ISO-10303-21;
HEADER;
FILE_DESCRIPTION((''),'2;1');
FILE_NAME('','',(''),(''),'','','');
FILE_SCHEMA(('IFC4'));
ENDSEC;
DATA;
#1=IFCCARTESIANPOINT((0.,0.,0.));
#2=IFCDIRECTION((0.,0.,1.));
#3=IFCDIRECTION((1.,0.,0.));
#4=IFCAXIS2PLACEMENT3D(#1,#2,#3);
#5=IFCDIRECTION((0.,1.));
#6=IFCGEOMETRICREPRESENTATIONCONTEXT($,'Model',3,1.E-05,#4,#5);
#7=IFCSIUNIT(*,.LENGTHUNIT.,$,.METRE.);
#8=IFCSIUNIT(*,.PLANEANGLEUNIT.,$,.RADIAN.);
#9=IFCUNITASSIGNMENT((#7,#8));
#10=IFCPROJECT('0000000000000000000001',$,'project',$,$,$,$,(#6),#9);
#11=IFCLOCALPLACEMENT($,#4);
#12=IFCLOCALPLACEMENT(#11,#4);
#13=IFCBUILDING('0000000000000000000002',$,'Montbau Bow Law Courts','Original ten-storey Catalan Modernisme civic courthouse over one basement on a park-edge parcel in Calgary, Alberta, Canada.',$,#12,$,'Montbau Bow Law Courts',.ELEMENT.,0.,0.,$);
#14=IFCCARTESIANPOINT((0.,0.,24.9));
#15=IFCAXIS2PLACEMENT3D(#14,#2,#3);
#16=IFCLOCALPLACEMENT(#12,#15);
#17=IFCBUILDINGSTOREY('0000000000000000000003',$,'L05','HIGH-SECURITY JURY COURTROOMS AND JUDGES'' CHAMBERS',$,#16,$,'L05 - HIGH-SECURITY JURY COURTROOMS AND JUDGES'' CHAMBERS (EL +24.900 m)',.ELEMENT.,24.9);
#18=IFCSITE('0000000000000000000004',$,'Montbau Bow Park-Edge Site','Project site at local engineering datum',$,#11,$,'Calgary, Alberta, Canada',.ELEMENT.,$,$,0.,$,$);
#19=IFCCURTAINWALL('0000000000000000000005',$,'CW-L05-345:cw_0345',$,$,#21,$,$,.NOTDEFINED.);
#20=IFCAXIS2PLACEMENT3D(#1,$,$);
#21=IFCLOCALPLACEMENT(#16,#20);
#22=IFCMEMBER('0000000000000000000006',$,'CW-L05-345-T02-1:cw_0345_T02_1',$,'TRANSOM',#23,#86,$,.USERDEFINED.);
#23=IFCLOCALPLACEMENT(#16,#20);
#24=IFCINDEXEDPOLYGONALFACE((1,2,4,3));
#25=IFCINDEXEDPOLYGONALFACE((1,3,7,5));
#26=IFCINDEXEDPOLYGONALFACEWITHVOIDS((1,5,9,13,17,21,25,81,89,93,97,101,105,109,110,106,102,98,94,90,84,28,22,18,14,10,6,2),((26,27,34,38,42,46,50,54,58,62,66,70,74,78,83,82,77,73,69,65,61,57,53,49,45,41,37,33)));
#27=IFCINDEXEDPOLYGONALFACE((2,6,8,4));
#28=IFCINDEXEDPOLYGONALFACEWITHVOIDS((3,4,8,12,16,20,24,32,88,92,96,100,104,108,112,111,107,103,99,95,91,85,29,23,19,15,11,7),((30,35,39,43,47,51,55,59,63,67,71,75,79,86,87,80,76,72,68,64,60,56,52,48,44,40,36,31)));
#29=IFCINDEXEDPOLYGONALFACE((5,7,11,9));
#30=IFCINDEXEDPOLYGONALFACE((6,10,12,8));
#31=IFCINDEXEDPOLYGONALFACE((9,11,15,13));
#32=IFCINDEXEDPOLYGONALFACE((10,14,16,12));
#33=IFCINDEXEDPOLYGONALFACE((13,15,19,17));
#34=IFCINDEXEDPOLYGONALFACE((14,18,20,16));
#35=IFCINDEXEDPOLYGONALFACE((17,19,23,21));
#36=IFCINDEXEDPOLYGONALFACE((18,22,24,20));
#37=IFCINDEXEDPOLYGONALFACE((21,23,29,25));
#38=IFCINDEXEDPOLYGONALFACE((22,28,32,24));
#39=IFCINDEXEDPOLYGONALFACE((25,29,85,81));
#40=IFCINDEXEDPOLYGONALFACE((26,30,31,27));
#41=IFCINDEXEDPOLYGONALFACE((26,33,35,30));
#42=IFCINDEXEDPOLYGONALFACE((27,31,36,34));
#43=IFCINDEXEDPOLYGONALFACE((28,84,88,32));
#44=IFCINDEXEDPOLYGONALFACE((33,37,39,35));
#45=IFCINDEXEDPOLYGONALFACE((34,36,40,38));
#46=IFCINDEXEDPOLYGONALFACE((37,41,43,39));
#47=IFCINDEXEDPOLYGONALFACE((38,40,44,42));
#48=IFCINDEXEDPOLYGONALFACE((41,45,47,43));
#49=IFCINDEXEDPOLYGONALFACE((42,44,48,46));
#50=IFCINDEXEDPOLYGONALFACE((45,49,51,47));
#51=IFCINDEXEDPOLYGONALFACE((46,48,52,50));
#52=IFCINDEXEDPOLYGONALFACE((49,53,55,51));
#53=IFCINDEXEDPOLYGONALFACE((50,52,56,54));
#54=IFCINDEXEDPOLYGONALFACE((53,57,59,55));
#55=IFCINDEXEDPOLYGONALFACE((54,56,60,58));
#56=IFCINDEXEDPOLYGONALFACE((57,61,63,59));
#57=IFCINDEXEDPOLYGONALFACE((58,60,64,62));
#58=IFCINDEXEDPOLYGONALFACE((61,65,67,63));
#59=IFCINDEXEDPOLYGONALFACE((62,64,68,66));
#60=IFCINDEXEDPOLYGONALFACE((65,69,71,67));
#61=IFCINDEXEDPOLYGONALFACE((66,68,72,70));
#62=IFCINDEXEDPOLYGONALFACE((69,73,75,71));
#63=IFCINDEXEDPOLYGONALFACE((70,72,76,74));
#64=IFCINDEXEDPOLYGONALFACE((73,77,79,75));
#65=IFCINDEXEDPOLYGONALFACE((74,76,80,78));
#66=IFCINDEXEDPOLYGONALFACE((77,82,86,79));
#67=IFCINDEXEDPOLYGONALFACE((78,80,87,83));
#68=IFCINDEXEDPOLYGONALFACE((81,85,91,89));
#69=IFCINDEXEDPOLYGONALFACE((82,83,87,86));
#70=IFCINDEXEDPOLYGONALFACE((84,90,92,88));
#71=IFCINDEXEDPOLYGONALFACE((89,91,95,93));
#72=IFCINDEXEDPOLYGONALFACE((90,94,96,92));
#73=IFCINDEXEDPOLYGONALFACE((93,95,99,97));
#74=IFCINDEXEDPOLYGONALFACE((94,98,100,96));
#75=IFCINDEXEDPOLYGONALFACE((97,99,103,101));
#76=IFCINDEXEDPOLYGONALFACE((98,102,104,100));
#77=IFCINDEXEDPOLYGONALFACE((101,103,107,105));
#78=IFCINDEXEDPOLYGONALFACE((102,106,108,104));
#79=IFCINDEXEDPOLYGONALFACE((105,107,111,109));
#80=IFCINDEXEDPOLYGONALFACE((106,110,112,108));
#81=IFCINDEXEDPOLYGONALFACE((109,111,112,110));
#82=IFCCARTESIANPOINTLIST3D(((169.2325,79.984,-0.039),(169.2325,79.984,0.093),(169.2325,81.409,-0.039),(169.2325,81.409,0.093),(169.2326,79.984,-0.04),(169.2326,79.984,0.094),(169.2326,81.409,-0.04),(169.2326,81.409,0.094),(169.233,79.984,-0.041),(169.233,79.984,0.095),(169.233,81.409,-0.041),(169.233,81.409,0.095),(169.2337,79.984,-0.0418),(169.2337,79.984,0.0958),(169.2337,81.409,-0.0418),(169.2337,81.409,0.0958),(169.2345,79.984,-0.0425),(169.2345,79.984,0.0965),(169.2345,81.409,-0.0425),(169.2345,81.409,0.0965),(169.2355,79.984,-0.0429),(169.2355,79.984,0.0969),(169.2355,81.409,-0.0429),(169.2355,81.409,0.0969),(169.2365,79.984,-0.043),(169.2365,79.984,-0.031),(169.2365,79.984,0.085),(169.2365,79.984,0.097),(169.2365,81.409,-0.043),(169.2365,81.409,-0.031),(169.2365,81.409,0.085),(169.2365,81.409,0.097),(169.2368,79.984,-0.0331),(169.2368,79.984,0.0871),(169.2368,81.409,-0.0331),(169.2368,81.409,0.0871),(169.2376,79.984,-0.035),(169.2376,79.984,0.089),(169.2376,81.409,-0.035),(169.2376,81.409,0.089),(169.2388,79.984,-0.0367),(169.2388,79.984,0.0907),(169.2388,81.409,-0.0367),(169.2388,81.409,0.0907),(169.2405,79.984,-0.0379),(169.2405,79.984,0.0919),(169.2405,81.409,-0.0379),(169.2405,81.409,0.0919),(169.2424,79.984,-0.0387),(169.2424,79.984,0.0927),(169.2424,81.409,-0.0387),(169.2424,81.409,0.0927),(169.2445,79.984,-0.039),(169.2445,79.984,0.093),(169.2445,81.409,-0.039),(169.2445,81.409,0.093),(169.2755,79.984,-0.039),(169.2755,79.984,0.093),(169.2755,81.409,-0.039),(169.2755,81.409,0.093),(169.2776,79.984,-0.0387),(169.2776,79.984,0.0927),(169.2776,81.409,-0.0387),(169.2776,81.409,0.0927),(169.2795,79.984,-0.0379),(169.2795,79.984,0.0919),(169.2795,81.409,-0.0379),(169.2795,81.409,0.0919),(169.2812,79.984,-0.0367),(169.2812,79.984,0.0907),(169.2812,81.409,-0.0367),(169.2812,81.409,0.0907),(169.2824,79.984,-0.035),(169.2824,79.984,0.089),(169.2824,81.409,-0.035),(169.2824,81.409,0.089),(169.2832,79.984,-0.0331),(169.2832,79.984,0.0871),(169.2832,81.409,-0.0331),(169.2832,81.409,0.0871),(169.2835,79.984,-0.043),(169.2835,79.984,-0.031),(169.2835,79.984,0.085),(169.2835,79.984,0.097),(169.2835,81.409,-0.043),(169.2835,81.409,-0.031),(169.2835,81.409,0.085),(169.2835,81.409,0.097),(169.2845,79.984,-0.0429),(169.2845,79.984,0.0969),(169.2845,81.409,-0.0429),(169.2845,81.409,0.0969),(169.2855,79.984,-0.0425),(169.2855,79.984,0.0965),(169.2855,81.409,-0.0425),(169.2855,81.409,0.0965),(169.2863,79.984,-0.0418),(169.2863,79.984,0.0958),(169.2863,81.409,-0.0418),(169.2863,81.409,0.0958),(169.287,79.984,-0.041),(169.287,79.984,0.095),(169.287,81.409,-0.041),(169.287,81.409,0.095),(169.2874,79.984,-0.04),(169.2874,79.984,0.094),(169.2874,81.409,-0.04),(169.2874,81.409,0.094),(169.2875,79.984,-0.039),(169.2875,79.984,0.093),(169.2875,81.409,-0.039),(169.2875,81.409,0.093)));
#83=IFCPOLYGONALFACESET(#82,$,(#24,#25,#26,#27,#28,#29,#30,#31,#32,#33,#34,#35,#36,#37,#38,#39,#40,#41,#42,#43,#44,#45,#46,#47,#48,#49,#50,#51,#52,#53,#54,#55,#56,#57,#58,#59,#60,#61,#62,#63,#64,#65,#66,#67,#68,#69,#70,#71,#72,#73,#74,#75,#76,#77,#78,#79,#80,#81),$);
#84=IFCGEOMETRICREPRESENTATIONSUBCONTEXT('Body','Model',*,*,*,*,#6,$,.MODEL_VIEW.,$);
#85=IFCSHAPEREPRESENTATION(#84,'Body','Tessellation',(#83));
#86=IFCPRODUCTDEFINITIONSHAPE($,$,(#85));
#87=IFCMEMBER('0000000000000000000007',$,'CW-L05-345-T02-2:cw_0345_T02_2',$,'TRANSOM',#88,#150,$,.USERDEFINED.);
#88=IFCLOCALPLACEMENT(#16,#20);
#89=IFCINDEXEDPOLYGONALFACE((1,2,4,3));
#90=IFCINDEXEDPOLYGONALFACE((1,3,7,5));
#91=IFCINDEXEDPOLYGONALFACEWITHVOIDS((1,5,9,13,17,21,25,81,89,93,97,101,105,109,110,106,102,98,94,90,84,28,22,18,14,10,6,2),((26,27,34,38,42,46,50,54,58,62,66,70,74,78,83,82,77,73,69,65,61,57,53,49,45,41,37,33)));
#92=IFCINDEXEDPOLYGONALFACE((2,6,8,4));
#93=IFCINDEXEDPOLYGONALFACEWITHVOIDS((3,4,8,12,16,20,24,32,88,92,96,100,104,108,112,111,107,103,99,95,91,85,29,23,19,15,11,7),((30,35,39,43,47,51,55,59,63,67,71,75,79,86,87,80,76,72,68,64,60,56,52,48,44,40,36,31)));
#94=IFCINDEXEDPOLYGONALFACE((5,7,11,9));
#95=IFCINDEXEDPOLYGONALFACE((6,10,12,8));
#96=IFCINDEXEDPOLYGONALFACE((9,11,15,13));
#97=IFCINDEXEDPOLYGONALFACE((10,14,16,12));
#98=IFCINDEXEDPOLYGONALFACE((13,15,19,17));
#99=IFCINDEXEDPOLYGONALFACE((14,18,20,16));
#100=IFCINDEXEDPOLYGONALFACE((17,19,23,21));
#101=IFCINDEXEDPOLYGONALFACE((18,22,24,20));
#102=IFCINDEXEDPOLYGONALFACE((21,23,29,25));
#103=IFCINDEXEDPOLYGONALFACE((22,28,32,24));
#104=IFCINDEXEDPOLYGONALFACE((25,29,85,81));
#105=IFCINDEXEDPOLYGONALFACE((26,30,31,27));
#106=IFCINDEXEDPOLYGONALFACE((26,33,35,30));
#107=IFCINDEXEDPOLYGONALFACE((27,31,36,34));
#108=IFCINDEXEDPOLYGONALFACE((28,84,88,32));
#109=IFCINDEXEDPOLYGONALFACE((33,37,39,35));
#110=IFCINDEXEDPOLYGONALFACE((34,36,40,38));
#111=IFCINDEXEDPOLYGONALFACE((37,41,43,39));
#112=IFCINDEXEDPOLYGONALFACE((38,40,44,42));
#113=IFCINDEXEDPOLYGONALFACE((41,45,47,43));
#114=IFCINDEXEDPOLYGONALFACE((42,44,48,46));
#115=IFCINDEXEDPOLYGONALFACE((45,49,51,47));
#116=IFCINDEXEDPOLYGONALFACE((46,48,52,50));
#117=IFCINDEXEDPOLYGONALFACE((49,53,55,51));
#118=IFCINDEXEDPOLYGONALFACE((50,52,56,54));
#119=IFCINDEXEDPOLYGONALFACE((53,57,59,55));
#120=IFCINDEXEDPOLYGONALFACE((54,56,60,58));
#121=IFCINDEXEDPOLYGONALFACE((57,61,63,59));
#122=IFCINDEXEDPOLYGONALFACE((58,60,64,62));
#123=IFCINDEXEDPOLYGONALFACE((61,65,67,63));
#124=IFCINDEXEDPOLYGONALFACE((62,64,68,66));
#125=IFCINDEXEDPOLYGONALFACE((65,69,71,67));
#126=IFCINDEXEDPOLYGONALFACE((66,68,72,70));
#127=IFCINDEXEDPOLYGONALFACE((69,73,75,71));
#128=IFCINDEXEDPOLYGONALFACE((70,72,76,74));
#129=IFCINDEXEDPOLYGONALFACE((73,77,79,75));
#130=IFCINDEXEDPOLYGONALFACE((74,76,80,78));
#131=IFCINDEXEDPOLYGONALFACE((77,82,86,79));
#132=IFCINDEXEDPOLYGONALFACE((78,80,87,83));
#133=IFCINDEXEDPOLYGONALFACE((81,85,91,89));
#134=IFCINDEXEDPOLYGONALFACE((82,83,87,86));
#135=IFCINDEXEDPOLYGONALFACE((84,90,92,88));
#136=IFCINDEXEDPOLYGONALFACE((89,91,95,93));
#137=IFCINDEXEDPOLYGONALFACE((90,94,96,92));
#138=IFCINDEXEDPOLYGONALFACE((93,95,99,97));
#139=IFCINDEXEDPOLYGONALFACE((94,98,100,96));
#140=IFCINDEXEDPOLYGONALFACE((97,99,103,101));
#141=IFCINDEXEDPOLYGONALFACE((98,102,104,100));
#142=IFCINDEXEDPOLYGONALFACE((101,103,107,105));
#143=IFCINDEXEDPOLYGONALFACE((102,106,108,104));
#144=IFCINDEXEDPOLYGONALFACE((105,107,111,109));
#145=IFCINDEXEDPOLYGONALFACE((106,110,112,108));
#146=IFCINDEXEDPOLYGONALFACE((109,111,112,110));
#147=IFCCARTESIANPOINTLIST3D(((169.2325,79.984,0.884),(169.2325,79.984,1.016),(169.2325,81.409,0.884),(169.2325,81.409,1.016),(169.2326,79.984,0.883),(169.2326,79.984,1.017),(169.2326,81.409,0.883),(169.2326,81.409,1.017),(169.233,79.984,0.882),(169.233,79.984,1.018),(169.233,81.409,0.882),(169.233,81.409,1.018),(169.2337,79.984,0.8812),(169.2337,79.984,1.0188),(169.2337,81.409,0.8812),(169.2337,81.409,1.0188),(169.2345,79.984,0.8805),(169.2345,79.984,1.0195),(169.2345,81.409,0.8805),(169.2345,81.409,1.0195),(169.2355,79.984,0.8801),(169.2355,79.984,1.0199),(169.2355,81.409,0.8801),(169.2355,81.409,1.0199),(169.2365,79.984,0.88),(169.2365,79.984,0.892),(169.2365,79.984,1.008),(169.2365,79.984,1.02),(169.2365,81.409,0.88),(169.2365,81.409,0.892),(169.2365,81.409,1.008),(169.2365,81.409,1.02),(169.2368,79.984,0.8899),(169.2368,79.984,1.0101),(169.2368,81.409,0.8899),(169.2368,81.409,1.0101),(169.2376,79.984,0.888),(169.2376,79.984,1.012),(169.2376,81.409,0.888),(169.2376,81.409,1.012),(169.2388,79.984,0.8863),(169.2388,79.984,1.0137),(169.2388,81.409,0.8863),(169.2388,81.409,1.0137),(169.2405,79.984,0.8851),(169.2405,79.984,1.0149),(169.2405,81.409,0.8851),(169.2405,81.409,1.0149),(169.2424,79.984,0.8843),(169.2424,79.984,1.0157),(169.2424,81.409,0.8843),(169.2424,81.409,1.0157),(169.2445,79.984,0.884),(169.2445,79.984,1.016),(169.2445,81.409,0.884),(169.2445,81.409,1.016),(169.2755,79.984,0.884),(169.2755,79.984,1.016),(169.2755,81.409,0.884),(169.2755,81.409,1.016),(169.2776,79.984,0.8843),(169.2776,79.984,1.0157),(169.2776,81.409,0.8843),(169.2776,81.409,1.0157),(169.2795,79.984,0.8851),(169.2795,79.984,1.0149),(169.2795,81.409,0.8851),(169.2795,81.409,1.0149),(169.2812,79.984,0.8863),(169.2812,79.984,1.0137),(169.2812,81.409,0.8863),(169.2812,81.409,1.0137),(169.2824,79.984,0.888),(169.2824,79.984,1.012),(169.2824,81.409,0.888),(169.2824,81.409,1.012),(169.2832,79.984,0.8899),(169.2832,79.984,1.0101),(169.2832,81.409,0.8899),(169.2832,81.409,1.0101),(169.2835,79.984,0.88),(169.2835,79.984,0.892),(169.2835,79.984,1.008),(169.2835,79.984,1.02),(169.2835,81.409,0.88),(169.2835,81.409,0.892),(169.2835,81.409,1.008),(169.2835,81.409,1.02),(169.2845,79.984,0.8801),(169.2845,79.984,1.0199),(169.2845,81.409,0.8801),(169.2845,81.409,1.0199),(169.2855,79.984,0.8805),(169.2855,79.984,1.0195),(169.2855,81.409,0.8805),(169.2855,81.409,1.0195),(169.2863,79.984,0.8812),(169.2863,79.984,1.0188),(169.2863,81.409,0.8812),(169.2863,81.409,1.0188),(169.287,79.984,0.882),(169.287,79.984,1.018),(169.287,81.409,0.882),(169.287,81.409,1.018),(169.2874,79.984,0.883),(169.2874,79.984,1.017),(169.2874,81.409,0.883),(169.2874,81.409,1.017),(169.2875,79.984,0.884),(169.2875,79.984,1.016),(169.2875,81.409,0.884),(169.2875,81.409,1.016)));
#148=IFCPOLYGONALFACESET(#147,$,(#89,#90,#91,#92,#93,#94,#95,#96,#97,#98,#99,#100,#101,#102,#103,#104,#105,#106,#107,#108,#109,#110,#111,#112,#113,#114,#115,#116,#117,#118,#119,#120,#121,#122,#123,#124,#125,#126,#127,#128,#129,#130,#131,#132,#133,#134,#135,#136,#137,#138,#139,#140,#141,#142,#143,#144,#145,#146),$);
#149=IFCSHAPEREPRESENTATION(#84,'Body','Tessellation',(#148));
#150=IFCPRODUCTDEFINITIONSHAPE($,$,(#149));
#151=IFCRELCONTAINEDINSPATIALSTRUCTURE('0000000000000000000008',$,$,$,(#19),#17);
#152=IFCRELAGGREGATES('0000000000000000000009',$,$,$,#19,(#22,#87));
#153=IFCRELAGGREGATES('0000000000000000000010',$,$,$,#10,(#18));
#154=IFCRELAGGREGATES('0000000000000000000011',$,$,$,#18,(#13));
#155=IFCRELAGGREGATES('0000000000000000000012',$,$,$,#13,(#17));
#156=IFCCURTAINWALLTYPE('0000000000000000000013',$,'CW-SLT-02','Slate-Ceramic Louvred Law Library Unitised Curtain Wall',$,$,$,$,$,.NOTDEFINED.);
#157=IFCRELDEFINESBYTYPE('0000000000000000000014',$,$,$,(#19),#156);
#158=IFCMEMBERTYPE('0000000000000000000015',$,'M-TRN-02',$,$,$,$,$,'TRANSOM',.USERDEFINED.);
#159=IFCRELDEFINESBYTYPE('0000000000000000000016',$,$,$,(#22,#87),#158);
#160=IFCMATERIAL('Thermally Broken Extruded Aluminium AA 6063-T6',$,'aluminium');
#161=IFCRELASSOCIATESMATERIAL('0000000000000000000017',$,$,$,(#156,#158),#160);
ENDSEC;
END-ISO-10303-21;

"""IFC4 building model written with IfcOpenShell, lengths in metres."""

from ifc_helpers import new_model, si_unit, direction, frame, origin_with_axes, origin_2d_with_axis, place, context, subcontext, project, spatial, hollow_rectangle, extrude, material, material_profile, profile_set, type_object, element, aggregate, save


model = new_model("IFC4")

# Units and contexts
model_context = context("Model", 3, precision=1e-05, world=origin_with_axes(), true_north=direction((0.0, 1.0)))
body_context = subcontext(model_context, "Body", "Model", "MODEL_VIEW")
ifc_project = project(units=[si_unit("LENGTHUNIT", "METRE"), si_unit("PLANEANGLEUNIT", "RADIAN")], contexts=[model_context])

# Site, building, storey
site_placement = place(None, origin_with_axes())
site = spatial("IfcSite", under=ifc_project, at=site_placement, Name="Montbau Bow Park-Edge Site", Description="Project site at local engineering datum", LongName="Calgary, Alberta, Canada", CompositionType="ELEMENT", RefElevation=0.0)
building_placement = place(site_placement, origin_with_axes())
building = spatial("IfcBuilding", under=site, at=building_placement, Name="Montbau Bow Law Courts", Description="Original ten-storey Catalan Modernisme civic courthouse over one basement on a park-edge parcel in Calgary, Alberta, Canada.", LongName="Montbau Bow Law Courts", CompositionType="ELEMENT", ElevationOfRefHeight=0.0, ElevationOfTerrain=0.0)
storey_placement = place(building_placement, frame((0.0, 0.0, 24.9), z_axis=(0.0, 0.0, 1.0), x_axis=(1.0, 0.0, 0.0)))
storey = spatial("IfcBuildingStorey", under=building, at=storey_placement, Name="L05", Description="HIGH-SECURITY JURY COURTROOMS AND JUDGES' CHAMBERS", LongName="L05 - HIGH-SECURITY JURY COURTROOMS AND JUDGES' CHAMBERS (EL +24.900 m)", CompositionType="ELEMENT", Elevation=24.9)

# Curtain wall, members
ifc_material_1 = material(Name="Thermally Broken Extruded Aluminium AA 6063-T6", Category="aluminium")
curtain_wall_type = type_object("IfcCurtainWallType", Name="CW-SLT-02", Description="Slate-Ceramic Louvred Law Library Unitised Curtain Wall", PredefinedType="NOTDEFINED", material=ifc_material_1)
curtain_wall_placement = place(None, frame((169.26, 78.44, 24.9), z_axis=(0.0, 0.0, 1.0), x_axis=(1.0, 0.0, 0.0)))
curtain_wall = element("IfcCurtainWall", 1, at=curtain_wall_placement, inside=storey, type_object=curtain_wall_type, Name="CW-L05-345:cw_0345", PredefinedType="NOTDEFINED")
ifc_material_profile_1 = material_profile(ifc_material_1, hollow_rectangle(XDim=0.055, YDim=0.14, WallThickness=0.004, InnerFilletRadius=0.008, OuterFilletRadius=0.004, at=origin_2d_with_axis()), Name="CWT-140X55", Category="Main", Priority=0)
ifc_profile_set_1 = profile_set([ifc_material_profile_1], Name="Thermally Broken Extruded Aluminium AA 6063-T6")
member_type_1 = type_object("IfcMemberType", Name="M-TRN-02", ElementType="TRANSOM", PredefinedType="USERDEFINED", material=ifc_profile_set_1)
member_1_placement = place(None, frame((169.26, 79.984, 24.927), z_axis=(0.0, 1.0, 0.0), x_axis=(-1.0, 0.0, 0.0)))
member_1 = element("IfcMember", 2, at=member_1_placement, type_object=member_type_1, Name="CW-L05-345-T02-1:cw_0345_T02_1", ObjectType="TRANSOM", PredefinedType="USERDEFINED", context=body_context, shape_type="SweptSolid", body=[
    extrude(hollow_rectangle(XDim=0.055, YDim=0.14, WallThickness=0.004, InnerFilletRadius=0.008, OuterFilletRadius=0.004, at=origin_2d_with_axis()), origin_with_axes(), (0.0, 0.0, 1.0), 1.425),
])
member_2_placement = place(None, frame((169.26, 79.984, 25.85), z_axis=(0.0, 1.0, 0.0), x_axis=(-1.0, 0.0, 0.0)))
member_2 = element("IfcMember", 3, at=member_2_placement, type_object=member_type_1, Name="CW-L05-345-T02-2:cw_0345_T02_2", ObjectType="TRANSOM", PredefinedType="USERDEFINED", context=body_context, shape_type="SweptSolid", body=[
    extrude(hollow_rectangle(XDim=0.055, YDim=0.14, WallThickness=0.004, InnerFilletRadius=0.008, OuterFilletRadius=0.004, at=origin_2d_with_axis()), origin_with_axes(), (0.0, 0.0, 1.0), 1.425),
])
aggregate(curtain_wall, [member_1, member_2])

save(model, "model.ifc")
